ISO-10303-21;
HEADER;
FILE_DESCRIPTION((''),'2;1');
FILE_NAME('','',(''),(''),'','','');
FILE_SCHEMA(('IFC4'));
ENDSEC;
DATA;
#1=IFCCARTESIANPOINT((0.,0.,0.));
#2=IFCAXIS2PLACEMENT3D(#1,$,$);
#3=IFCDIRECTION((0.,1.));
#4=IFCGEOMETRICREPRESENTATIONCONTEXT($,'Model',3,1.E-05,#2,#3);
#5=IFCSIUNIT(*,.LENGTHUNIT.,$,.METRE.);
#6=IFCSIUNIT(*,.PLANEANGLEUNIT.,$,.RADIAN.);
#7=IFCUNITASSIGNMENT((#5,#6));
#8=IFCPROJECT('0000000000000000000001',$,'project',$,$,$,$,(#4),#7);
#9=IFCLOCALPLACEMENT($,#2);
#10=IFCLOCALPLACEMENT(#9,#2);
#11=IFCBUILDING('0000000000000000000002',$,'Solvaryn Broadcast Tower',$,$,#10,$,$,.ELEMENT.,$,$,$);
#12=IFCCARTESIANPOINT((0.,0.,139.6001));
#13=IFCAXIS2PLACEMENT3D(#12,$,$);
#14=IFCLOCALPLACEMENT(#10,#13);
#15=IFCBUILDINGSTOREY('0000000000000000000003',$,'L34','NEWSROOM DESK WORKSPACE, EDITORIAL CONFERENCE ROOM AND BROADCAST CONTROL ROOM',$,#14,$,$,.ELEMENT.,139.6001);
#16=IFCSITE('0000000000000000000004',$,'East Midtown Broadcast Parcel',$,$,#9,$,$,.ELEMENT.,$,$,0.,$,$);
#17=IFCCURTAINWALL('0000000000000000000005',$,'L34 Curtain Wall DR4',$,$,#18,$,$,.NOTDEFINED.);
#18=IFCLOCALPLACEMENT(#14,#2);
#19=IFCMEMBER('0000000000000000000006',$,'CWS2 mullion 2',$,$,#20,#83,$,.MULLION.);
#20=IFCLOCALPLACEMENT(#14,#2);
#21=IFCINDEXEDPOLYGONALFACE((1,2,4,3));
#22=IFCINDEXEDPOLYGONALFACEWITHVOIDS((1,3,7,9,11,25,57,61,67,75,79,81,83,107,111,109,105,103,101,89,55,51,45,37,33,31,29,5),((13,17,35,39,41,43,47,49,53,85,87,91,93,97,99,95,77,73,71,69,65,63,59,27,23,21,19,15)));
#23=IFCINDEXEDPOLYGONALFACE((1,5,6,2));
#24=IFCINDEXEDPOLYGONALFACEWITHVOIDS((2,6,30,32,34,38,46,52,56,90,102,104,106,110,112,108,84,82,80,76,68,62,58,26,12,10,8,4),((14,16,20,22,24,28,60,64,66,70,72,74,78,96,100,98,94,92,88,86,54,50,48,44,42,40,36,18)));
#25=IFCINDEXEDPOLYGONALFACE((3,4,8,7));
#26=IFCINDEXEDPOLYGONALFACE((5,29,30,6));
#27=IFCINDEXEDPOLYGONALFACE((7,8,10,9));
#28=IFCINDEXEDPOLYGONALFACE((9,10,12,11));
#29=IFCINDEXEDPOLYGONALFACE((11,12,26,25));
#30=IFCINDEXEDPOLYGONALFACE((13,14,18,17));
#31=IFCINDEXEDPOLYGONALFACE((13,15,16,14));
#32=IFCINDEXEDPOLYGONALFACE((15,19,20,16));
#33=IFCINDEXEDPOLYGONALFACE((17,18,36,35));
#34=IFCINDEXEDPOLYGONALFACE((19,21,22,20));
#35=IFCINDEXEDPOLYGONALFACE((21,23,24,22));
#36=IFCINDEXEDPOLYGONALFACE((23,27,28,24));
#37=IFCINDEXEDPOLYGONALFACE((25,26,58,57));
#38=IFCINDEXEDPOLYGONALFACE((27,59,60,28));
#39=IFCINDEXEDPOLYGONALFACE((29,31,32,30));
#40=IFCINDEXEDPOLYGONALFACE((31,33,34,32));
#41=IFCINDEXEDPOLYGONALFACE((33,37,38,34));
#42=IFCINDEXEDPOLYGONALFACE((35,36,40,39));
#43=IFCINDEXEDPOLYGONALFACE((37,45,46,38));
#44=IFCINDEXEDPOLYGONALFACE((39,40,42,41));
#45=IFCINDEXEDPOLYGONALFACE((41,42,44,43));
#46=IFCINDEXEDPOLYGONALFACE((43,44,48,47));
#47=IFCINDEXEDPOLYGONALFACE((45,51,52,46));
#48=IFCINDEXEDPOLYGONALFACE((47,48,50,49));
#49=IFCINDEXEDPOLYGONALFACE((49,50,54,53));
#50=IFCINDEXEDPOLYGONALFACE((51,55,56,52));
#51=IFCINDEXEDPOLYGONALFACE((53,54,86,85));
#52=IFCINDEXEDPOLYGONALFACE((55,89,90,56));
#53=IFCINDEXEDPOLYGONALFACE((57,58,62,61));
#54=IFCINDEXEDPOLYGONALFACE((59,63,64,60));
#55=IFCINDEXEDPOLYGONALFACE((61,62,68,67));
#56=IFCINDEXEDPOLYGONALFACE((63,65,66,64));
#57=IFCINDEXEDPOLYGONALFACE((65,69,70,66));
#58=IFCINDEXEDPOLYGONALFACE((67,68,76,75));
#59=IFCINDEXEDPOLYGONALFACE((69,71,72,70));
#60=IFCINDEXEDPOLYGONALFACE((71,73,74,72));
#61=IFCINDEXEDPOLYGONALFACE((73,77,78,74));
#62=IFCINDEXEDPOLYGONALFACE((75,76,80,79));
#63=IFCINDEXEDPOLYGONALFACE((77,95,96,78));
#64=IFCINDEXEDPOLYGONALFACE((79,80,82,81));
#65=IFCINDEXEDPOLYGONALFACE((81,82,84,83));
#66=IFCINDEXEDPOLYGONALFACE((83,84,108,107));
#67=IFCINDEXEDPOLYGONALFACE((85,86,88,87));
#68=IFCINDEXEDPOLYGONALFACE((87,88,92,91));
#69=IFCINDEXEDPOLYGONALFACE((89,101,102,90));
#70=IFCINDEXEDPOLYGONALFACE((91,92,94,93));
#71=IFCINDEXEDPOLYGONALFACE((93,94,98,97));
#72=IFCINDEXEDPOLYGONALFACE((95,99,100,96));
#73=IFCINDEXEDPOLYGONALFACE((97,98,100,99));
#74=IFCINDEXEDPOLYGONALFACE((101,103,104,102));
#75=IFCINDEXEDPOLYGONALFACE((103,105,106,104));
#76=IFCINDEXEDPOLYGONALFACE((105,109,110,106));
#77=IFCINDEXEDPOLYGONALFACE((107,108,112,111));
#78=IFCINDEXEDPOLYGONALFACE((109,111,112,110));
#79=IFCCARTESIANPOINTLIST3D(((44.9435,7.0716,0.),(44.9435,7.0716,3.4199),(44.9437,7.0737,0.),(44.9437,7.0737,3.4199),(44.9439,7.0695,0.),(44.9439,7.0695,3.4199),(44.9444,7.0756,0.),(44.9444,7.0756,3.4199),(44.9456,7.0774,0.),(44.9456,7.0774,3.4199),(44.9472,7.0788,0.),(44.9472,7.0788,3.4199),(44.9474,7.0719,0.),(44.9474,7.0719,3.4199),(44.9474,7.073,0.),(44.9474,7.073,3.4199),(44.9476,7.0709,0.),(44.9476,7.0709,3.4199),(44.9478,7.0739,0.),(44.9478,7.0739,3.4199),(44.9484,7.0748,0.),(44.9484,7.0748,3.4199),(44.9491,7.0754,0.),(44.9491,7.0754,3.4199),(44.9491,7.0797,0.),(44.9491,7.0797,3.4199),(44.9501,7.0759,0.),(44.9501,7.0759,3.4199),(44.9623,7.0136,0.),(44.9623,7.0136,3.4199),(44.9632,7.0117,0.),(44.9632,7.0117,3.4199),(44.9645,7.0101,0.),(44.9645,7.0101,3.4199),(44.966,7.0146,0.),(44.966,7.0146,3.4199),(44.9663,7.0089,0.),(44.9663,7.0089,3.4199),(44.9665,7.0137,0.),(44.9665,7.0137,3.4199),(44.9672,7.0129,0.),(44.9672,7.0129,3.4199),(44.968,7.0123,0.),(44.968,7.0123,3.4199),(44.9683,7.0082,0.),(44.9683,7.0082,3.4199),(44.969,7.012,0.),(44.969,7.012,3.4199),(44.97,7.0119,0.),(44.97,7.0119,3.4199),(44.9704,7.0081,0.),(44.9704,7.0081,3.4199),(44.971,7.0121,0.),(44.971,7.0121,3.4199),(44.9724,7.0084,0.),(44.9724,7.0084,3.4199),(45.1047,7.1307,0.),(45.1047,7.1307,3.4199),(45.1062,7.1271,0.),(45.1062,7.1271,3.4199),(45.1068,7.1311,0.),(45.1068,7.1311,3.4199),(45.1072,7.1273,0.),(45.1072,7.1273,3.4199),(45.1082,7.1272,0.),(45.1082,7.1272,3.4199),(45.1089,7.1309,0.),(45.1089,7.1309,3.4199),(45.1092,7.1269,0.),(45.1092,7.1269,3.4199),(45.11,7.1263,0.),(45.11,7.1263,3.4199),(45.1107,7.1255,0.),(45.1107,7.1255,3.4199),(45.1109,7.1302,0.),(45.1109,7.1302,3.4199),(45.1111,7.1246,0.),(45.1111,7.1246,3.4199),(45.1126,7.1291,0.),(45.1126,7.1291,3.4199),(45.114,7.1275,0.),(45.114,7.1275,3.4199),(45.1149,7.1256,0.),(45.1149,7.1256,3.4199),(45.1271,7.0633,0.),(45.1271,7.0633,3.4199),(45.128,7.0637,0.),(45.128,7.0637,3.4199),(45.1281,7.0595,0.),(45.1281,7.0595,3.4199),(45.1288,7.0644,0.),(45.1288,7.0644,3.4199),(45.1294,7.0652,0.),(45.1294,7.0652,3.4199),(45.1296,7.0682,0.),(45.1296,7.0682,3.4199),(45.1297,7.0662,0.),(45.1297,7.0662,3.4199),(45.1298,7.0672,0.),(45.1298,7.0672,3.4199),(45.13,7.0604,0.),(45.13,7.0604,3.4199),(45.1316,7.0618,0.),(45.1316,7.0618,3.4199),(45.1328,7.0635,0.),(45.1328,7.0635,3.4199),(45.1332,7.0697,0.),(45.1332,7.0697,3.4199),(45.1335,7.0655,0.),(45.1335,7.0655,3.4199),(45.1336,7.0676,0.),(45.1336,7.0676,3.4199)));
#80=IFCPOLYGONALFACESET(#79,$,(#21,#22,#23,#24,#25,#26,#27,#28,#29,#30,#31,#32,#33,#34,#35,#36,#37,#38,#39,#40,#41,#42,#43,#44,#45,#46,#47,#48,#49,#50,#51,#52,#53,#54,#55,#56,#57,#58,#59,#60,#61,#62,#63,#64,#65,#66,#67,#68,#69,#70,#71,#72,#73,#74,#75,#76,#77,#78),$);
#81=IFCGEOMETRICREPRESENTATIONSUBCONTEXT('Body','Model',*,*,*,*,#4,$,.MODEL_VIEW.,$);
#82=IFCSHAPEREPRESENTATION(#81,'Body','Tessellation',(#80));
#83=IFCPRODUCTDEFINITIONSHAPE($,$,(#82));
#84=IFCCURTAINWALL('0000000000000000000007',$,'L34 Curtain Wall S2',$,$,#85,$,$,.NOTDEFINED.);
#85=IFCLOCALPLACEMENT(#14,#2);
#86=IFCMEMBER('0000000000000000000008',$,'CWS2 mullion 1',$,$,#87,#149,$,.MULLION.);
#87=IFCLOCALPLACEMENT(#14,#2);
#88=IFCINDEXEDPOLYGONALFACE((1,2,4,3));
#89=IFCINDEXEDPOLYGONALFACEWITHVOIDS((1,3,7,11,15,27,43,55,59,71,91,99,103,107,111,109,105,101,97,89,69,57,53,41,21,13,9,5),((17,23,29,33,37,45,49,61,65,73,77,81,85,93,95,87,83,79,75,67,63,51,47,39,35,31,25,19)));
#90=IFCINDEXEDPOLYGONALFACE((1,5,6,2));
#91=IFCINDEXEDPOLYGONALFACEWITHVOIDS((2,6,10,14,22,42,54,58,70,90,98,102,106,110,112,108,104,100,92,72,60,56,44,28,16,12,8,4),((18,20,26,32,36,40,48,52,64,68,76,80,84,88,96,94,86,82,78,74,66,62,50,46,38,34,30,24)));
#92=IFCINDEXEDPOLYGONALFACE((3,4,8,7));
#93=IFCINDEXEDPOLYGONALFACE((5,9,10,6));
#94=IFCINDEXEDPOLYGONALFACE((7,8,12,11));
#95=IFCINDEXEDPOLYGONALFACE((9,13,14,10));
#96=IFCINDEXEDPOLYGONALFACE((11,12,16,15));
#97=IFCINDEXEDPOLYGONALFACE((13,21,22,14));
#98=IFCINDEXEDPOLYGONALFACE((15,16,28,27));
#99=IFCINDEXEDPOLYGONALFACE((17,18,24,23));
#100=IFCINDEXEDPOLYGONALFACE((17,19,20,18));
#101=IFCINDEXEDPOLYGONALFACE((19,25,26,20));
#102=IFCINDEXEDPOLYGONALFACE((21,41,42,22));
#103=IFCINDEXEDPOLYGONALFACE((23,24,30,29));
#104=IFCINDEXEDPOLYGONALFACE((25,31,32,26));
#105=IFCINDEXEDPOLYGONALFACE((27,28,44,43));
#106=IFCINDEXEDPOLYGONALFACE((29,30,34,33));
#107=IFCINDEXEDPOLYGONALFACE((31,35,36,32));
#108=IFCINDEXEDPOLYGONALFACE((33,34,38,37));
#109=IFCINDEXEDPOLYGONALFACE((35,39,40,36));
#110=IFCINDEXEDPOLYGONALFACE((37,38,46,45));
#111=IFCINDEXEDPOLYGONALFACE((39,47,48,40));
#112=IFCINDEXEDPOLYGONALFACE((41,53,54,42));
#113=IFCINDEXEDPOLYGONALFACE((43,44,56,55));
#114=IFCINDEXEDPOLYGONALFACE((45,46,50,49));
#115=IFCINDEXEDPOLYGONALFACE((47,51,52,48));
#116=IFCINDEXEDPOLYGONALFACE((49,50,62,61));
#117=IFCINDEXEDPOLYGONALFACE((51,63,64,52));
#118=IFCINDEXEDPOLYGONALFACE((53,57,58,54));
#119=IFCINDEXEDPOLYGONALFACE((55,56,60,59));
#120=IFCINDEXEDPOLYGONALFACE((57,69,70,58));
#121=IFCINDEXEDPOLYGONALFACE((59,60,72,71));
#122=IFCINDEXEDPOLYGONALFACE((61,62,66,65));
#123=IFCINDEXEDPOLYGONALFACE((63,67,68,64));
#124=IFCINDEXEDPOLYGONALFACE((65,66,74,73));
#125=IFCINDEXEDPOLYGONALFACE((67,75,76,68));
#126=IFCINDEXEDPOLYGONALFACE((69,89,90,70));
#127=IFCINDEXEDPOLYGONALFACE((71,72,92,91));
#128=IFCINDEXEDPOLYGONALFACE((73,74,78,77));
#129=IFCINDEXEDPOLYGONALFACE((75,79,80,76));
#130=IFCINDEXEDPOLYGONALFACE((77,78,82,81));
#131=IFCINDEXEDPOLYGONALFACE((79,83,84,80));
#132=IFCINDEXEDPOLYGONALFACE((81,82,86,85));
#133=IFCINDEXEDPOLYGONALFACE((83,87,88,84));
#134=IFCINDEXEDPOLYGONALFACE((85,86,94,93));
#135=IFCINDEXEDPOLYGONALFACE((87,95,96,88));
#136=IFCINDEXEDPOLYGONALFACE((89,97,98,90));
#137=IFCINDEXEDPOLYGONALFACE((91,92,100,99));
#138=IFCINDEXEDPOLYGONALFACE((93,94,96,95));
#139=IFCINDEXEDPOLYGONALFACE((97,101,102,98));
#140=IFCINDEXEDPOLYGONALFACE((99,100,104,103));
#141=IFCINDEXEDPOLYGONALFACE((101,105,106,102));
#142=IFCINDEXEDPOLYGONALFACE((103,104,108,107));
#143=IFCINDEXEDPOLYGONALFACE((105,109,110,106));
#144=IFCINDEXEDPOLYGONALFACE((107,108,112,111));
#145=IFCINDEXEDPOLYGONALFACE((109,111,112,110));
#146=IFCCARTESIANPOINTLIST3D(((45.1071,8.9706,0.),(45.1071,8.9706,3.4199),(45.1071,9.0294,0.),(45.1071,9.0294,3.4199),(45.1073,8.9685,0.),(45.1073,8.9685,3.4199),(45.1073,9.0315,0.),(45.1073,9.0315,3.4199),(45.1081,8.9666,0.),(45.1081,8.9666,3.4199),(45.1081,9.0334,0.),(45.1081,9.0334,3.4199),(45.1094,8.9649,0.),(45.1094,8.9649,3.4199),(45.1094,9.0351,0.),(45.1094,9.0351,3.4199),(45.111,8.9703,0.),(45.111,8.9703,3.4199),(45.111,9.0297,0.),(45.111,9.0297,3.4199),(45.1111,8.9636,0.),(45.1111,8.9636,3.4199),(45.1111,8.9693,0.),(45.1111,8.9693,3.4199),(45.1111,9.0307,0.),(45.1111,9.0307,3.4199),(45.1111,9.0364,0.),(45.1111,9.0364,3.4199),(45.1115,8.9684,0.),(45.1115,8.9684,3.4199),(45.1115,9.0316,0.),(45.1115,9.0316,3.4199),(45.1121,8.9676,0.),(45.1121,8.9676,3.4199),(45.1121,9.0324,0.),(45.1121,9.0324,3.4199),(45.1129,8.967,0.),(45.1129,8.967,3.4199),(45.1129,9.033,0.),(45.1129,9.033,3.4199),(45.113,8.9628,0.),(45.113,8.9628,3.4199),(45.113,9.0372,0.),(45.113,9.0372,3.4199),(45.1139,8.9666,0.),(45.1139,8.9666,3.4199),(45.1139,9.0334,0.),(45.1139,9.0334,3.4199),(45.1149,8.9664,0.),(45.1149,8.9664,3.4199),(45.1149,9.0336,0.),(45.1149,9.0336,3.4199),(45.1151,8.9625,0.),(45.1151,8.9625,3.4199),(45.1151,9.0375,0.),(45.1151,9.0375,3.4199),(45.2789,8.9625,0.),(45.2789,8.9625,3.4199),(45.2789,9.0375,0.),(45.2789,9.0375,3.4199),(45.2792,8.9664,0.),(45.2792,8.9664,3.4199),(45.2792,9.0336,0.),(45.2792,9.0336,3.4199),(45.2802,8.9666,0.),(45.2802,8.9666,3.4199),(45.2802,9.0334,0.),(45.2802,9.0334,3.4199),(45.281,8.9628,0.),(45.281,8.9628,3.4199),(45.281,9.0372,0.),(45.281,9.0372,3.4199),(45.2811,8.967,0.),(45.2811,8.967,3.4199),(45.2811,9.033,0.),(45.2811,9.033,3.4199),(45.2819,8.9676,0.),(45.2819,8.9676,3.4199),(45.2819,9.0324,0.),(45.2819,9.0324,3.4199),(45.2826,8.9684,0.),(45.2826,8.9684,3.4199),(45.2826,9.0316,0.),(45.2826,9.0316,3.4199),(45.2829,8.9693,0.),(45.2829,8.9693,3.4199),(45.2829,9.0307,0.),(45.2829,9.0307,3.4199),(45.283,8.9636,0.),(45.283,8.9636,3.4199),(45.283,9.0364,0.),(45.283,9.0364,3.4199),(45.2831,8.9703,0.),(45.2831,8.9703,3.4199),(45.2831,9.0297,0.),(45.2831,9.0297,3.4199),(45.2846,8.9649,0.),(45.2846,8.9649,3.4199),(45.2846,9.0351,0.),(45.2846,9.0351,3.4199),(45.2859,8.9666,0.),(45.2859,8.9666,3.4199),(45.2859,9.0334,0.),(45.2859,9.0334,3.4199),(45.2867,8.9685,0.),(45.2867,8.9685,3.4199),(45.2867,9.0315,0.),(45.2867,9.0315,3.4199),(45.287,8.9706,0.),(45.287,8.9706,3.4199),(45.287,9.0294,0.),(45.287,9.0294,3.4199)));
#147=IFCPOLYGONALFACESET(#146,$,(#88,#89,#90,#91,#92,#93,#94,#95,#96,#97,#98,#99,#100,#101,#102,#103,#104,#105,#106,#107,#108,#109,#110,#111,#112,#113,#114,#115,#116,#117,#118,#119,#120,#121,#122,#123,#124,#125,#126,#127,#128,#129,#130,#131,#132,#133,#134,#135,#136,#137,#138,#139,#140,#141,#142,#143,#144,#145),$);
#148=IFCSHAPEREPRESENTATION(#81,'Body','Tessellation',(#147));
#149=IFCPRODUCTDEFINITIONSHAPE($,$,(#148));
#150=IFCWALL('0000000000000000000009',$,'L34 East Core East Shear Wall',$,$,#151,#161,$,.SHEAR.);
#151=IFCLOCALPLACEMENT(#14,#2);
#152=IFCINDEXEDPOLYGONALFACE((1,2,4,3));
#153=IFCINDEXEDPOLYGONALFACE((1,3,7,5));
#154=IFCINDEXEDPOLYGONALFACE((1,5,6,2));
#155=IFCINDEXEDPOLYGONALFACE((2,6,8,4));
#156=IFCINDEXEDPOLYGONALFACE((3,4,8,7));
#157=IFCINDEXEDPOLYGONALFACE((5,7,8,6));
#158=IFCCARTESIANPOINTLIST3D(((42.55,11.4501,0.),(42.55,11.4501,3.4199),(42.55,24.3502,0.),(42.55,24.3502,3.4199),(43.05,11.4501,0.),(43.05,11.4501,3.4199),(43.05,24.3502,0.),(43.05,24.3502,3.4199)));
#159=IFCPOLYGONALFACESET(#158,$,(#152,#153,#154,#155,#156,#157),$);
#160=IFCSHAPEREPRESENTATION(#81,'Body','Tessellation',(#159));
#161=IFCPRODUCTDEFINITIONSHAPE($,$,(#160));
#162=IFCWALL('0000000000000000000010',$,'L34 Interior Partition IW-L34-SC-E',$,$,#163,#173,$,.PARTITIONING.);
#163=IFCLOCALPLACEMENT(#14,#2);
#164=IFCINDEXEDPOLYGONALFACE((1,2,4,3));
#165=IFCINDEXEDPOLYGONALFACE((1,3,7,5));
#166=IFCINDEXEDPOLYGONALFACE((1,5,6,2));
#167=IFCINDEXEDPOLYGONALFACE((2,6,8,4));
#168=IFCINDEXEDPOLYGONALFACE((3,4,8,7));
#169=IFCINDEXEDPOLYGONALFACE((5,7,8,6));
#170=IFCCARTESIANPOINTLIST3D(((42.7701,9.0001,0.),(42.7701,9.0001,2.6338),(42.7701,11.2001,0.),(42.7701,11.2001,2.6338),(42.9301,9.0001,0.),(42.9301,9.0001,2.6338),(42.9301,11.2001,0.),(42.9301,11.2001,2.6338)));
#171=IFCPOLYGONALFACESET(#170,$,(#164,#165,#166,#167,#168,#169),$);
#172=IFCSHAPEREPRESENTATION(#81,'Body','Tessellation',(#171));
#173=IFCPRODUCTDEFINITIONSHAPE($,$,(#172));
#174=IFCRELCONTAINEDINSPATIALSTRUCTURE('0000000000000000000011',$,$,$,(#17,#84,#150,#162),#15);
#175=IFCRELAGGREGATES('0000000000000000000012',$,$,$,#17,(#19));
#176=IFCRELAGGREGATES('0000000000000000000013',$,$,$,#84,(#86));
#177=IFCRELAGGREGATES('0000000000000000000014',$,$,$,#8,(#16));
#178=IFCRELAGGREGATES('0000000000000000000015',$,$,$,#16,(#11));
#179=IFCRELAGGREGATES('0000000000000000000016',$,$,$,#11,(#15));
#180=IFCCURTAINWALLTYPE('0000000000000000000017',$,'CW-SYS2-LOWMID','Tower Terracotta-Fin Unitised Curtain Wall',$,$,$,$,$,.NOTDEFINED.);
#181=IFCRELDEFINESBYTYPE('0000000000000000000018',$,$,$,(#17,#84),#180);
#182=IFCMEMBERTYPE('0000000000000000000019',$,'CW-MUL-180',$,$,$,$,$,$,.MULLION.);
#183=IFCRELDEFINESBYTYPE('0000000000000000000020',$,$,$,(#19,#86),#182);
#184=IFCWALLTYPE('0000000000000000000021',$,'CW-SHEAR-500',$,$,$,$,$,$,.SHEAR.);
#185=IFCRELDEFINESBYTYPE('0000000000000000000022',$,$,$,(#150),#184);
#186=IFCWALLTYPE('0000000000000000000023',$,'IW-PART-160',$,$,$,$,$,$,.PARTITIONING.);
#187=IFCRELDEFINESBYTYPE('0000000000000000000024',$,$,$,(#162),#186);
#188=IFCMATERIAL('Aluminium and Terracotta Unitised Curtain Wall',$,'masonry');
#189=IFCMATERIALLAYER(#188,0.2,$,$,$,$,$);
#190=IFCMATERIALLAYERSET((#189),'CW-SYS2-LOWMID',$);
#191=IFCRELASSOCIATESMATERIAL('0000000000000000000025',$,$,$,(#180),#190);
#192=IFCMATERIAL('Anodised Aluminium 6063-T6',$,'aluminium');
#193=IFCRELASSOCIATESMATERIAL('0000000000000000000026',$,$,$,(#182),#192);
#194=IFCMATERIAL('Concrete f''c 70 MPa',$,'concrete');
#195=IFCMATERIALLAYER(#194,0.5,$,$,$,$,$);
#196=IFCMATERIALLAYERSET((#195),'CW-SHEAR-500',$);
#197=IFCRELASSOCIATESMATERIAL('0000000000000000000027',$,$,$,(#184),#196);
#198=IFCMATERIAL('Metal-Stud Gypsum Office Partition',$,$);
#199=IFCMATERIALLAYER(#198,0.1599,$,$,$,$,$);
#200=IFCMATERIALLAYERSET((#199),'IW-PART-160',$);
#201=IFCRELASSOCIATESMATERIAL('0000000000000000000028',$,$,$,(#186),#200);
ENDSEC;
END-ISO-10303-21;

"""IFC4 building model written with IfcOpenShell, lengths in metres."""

from ifc_helpers import new_model, si_unit, direction, frame, frame_2d, origin, origin_2d, place, context, subcontext, project, spatial, rectangle, hollow_rectangle, extrude, material, layer, layer_set, material_profile, profile_set, type_object, element, aggregate, save


model = new_model("IFC4")

# Units and contexts
model_context = context("Model", 3, precision=1e-05, world=origin(), true_north=direction((0.0, 1.0)))
body_context = subcontext(model_context, "Body", "Model", "MODEL_VIEW")
ifc_project = project(units=[si_unit("LENGTHUNIT", "METRE"), si_unit("PLANEANGLEUNIT", "RADIAN")], contexts=[model_context])

# Site, building, storey
site_placement = place(None, origin())
site = spatial("IfcSite", under=ifc_project, at=site_placement, Name="East Midtown Broadcast Parcel", CompositionType="ELEMENT", RefElevation=0.0)
building_placement = place(site_placement, origin())
building = spatial("IfcBuilding", under=site, at=building_placement, Name="Solvaryn Broadcast Tower", CompositionType="ELEMENT")
storey_placement = place(building_placement, frame((0.0, 0.0, 139.6001)))
storey = spatial("IfcBuildingStorey", under=building, at=storey_placement, Name="L34", Description="NEWSROOM DESK WORKSPACE, EDITORIAL CONFERENCE ROOM AND BROADCAST CONTROL ROOM", CompositionType="ELEMENT", Elevation=139.6001)

# Curtain walls, members
ifc_material_1 = material(Name="Aluminium and Terracotta Unitised Curtain Wall", Category="masonry")
ifc_layer_1 = layer(ifc_material_1, 0.2)
ifc_layer_set_1 = layer_set([ifc_layer_1], Name="CW-SYS2-LOWMID")
curtain_wall_type = type_object("IfcCurtainWallType", Name="CW-SYS2-LOWMID", Description="Tower Terracotta-Fin Unitised Curtain Wall", PredefinedType="NOTDEFINED", material=ifc_layer_set_1)
curtain_wall_1_placement = place(storey_placement, origin())
curtain_wall_1 = element("IfcCurtainWall", 1, at=curtain_wall_1_placement, inside=storey, type_object=curtain_wall_type, Name="L34 Curtain Wall DR4", PredefinedType="NOTDEFINED")
ifc_material_2 = material(Name="Anodised Aluminium 6063-T6", Category="aluminium")
ifc_material_profile_1 = material_profile(ifc_material_2, hollow_rectangle(XDim=0.075, YDim=0.1799, WallThickness=0.0039, InnerFilletRadius=0.0039, OuterFilletRadius=0.0081, at=origin_2d()))
ifc_profile_set_1 = profile_set([ifc_material_profile_1], Name="Anodised Aluminium 6063-T6")
member_type = type_object("IfcMemberType", Name="CW-MUL-180", PredefinedType="MULLION", material=ifc_profile_set_1)
member_1_placement = place(storey_placement, frame((45.0386, 7.0696, 0.0), z_axis=(0.0, 0.0, 1.0), x_axis=(-0.311646, 0.950198, 0.0)))
member_1 = element("IfcMember", 2, at=member_1_placement, type_object=member_type, Name="CWS2 mullion 2", PredefinedType="MULLION", context=body_context, shape_type="SweptSolid", body=[
    extrude(hollow_rectangle(XDim=0.075, YDim=0.1799, WallThickness=0.0039, InnerFilletRadius=0.0039, OuterFilletRadius=0.0081, at=origin_2d()), origin(), (0.0, 0.0, 1.0), 3.4199),
])
aggregate(curtain_wall_1, [member_1])
curtain_wall_2_placement = place(storey_placement, origin())
curtain_wall_2 = element("IfcCurtainWall", 3, at=curtain_wall_2_placement, inside=storey, type_object=curtain_wall_type, Name="L34 Curtain Wall S2", PredefinedType="NOTDEFINED")
member_2_placement = place(storey_placement, frame((45.197, 9.0, 0.0), z_axis=(0.0, 0.0, 1.0), x_axis=(0.0, 1.0, 0.0)))
member_2 = element("IfcMember", 4, at=member_2_placement, type_object=member_type, Name="CWS2 mullion 1", PredefinedType="MULLION", context=body_context, shape_type="SweptSolid", body=[
    extrude(hollow_rectangle(XDim=0.075, YDim=0.1799, WallThickness=0.0039, InnerFilletRadius=0.0039, OuterFilletRadius=0.0081, at=origin_2d()), origin(), (0.0, 0.0, 1.0), 3.4199),
])
aggregate(curtain_wall_2, [member_2])

# Walls
ifc_material_3 = material(Name="Concrete f'c 70 MPa", Category="concrete")
ifc_layer_2 = layer(ifc_material_3, 0.5)
ifc_layer_set_2 = layer_set([ifc_layer_2], Name="CW-SHEAR-500")
wall_type_1 = type_object("IfcWallType", Name="CW-SHEAR-500", PredefinedType="SHEAR", material=ifc_layer_set_2)
wall_1_placement = place(storey_placement, frame((42.8, 11.45, 0.0), z_axis=(0.0, 0.0, 1.0), x_axis=(0.0, 1.0, 0.0)))
element("IfcWall", 5, at=wall_1_placement, inside=storey, type_object=wall_type_1, Name="L34 East Core East Shear Wall", PredefinedType="SHEAR", context=body_context, shape_type="SweptSolid", body=[
    extrude(rectangle(XDim=12.9001, YDim=0.5, at=frame_2d((6.4502, 0.0))), origin(), (0.0, 0.0, 1.0), 3.4199),
])
ifc_material_4 = material(Name="Metal-Stud Gypsum Office Partition")
ifc_layer_3 = layer(ifc_material_4, 0.1599)
ifc_layer_set_3 = layer_set([ifc_layer_3], Name="IW-PART-160")
wall_type_2 = type_object("IfcWallType", Name="IW-PART-160", PredefinedType="PARTITIONING", material=ifc_layer_set_3)
wall_2_placement = place(storey_placement, frame((42.8501, 9.0, 0.0), z_axis=(0.0, 0.0, 1.0), x_axis=(0.0, 1.0, 0.0)))
element("IfcWall", 6, at=wall_2_placement, inside=storey, type_object=wall_type_2, Name="L34 Interior Partition IW-L34-SC-E", PredefinedType="PARTITIONING", context=body_context, shape_type="SweptSolid", body=[
    extrude(rectangle(XDim=2.2, YDim=0.1599, at=frame_2d((1.1001, 0.0))), origin(), (0.0, 0.0, 1.0), 2.6338),
])

save(model, "model.ifc")
